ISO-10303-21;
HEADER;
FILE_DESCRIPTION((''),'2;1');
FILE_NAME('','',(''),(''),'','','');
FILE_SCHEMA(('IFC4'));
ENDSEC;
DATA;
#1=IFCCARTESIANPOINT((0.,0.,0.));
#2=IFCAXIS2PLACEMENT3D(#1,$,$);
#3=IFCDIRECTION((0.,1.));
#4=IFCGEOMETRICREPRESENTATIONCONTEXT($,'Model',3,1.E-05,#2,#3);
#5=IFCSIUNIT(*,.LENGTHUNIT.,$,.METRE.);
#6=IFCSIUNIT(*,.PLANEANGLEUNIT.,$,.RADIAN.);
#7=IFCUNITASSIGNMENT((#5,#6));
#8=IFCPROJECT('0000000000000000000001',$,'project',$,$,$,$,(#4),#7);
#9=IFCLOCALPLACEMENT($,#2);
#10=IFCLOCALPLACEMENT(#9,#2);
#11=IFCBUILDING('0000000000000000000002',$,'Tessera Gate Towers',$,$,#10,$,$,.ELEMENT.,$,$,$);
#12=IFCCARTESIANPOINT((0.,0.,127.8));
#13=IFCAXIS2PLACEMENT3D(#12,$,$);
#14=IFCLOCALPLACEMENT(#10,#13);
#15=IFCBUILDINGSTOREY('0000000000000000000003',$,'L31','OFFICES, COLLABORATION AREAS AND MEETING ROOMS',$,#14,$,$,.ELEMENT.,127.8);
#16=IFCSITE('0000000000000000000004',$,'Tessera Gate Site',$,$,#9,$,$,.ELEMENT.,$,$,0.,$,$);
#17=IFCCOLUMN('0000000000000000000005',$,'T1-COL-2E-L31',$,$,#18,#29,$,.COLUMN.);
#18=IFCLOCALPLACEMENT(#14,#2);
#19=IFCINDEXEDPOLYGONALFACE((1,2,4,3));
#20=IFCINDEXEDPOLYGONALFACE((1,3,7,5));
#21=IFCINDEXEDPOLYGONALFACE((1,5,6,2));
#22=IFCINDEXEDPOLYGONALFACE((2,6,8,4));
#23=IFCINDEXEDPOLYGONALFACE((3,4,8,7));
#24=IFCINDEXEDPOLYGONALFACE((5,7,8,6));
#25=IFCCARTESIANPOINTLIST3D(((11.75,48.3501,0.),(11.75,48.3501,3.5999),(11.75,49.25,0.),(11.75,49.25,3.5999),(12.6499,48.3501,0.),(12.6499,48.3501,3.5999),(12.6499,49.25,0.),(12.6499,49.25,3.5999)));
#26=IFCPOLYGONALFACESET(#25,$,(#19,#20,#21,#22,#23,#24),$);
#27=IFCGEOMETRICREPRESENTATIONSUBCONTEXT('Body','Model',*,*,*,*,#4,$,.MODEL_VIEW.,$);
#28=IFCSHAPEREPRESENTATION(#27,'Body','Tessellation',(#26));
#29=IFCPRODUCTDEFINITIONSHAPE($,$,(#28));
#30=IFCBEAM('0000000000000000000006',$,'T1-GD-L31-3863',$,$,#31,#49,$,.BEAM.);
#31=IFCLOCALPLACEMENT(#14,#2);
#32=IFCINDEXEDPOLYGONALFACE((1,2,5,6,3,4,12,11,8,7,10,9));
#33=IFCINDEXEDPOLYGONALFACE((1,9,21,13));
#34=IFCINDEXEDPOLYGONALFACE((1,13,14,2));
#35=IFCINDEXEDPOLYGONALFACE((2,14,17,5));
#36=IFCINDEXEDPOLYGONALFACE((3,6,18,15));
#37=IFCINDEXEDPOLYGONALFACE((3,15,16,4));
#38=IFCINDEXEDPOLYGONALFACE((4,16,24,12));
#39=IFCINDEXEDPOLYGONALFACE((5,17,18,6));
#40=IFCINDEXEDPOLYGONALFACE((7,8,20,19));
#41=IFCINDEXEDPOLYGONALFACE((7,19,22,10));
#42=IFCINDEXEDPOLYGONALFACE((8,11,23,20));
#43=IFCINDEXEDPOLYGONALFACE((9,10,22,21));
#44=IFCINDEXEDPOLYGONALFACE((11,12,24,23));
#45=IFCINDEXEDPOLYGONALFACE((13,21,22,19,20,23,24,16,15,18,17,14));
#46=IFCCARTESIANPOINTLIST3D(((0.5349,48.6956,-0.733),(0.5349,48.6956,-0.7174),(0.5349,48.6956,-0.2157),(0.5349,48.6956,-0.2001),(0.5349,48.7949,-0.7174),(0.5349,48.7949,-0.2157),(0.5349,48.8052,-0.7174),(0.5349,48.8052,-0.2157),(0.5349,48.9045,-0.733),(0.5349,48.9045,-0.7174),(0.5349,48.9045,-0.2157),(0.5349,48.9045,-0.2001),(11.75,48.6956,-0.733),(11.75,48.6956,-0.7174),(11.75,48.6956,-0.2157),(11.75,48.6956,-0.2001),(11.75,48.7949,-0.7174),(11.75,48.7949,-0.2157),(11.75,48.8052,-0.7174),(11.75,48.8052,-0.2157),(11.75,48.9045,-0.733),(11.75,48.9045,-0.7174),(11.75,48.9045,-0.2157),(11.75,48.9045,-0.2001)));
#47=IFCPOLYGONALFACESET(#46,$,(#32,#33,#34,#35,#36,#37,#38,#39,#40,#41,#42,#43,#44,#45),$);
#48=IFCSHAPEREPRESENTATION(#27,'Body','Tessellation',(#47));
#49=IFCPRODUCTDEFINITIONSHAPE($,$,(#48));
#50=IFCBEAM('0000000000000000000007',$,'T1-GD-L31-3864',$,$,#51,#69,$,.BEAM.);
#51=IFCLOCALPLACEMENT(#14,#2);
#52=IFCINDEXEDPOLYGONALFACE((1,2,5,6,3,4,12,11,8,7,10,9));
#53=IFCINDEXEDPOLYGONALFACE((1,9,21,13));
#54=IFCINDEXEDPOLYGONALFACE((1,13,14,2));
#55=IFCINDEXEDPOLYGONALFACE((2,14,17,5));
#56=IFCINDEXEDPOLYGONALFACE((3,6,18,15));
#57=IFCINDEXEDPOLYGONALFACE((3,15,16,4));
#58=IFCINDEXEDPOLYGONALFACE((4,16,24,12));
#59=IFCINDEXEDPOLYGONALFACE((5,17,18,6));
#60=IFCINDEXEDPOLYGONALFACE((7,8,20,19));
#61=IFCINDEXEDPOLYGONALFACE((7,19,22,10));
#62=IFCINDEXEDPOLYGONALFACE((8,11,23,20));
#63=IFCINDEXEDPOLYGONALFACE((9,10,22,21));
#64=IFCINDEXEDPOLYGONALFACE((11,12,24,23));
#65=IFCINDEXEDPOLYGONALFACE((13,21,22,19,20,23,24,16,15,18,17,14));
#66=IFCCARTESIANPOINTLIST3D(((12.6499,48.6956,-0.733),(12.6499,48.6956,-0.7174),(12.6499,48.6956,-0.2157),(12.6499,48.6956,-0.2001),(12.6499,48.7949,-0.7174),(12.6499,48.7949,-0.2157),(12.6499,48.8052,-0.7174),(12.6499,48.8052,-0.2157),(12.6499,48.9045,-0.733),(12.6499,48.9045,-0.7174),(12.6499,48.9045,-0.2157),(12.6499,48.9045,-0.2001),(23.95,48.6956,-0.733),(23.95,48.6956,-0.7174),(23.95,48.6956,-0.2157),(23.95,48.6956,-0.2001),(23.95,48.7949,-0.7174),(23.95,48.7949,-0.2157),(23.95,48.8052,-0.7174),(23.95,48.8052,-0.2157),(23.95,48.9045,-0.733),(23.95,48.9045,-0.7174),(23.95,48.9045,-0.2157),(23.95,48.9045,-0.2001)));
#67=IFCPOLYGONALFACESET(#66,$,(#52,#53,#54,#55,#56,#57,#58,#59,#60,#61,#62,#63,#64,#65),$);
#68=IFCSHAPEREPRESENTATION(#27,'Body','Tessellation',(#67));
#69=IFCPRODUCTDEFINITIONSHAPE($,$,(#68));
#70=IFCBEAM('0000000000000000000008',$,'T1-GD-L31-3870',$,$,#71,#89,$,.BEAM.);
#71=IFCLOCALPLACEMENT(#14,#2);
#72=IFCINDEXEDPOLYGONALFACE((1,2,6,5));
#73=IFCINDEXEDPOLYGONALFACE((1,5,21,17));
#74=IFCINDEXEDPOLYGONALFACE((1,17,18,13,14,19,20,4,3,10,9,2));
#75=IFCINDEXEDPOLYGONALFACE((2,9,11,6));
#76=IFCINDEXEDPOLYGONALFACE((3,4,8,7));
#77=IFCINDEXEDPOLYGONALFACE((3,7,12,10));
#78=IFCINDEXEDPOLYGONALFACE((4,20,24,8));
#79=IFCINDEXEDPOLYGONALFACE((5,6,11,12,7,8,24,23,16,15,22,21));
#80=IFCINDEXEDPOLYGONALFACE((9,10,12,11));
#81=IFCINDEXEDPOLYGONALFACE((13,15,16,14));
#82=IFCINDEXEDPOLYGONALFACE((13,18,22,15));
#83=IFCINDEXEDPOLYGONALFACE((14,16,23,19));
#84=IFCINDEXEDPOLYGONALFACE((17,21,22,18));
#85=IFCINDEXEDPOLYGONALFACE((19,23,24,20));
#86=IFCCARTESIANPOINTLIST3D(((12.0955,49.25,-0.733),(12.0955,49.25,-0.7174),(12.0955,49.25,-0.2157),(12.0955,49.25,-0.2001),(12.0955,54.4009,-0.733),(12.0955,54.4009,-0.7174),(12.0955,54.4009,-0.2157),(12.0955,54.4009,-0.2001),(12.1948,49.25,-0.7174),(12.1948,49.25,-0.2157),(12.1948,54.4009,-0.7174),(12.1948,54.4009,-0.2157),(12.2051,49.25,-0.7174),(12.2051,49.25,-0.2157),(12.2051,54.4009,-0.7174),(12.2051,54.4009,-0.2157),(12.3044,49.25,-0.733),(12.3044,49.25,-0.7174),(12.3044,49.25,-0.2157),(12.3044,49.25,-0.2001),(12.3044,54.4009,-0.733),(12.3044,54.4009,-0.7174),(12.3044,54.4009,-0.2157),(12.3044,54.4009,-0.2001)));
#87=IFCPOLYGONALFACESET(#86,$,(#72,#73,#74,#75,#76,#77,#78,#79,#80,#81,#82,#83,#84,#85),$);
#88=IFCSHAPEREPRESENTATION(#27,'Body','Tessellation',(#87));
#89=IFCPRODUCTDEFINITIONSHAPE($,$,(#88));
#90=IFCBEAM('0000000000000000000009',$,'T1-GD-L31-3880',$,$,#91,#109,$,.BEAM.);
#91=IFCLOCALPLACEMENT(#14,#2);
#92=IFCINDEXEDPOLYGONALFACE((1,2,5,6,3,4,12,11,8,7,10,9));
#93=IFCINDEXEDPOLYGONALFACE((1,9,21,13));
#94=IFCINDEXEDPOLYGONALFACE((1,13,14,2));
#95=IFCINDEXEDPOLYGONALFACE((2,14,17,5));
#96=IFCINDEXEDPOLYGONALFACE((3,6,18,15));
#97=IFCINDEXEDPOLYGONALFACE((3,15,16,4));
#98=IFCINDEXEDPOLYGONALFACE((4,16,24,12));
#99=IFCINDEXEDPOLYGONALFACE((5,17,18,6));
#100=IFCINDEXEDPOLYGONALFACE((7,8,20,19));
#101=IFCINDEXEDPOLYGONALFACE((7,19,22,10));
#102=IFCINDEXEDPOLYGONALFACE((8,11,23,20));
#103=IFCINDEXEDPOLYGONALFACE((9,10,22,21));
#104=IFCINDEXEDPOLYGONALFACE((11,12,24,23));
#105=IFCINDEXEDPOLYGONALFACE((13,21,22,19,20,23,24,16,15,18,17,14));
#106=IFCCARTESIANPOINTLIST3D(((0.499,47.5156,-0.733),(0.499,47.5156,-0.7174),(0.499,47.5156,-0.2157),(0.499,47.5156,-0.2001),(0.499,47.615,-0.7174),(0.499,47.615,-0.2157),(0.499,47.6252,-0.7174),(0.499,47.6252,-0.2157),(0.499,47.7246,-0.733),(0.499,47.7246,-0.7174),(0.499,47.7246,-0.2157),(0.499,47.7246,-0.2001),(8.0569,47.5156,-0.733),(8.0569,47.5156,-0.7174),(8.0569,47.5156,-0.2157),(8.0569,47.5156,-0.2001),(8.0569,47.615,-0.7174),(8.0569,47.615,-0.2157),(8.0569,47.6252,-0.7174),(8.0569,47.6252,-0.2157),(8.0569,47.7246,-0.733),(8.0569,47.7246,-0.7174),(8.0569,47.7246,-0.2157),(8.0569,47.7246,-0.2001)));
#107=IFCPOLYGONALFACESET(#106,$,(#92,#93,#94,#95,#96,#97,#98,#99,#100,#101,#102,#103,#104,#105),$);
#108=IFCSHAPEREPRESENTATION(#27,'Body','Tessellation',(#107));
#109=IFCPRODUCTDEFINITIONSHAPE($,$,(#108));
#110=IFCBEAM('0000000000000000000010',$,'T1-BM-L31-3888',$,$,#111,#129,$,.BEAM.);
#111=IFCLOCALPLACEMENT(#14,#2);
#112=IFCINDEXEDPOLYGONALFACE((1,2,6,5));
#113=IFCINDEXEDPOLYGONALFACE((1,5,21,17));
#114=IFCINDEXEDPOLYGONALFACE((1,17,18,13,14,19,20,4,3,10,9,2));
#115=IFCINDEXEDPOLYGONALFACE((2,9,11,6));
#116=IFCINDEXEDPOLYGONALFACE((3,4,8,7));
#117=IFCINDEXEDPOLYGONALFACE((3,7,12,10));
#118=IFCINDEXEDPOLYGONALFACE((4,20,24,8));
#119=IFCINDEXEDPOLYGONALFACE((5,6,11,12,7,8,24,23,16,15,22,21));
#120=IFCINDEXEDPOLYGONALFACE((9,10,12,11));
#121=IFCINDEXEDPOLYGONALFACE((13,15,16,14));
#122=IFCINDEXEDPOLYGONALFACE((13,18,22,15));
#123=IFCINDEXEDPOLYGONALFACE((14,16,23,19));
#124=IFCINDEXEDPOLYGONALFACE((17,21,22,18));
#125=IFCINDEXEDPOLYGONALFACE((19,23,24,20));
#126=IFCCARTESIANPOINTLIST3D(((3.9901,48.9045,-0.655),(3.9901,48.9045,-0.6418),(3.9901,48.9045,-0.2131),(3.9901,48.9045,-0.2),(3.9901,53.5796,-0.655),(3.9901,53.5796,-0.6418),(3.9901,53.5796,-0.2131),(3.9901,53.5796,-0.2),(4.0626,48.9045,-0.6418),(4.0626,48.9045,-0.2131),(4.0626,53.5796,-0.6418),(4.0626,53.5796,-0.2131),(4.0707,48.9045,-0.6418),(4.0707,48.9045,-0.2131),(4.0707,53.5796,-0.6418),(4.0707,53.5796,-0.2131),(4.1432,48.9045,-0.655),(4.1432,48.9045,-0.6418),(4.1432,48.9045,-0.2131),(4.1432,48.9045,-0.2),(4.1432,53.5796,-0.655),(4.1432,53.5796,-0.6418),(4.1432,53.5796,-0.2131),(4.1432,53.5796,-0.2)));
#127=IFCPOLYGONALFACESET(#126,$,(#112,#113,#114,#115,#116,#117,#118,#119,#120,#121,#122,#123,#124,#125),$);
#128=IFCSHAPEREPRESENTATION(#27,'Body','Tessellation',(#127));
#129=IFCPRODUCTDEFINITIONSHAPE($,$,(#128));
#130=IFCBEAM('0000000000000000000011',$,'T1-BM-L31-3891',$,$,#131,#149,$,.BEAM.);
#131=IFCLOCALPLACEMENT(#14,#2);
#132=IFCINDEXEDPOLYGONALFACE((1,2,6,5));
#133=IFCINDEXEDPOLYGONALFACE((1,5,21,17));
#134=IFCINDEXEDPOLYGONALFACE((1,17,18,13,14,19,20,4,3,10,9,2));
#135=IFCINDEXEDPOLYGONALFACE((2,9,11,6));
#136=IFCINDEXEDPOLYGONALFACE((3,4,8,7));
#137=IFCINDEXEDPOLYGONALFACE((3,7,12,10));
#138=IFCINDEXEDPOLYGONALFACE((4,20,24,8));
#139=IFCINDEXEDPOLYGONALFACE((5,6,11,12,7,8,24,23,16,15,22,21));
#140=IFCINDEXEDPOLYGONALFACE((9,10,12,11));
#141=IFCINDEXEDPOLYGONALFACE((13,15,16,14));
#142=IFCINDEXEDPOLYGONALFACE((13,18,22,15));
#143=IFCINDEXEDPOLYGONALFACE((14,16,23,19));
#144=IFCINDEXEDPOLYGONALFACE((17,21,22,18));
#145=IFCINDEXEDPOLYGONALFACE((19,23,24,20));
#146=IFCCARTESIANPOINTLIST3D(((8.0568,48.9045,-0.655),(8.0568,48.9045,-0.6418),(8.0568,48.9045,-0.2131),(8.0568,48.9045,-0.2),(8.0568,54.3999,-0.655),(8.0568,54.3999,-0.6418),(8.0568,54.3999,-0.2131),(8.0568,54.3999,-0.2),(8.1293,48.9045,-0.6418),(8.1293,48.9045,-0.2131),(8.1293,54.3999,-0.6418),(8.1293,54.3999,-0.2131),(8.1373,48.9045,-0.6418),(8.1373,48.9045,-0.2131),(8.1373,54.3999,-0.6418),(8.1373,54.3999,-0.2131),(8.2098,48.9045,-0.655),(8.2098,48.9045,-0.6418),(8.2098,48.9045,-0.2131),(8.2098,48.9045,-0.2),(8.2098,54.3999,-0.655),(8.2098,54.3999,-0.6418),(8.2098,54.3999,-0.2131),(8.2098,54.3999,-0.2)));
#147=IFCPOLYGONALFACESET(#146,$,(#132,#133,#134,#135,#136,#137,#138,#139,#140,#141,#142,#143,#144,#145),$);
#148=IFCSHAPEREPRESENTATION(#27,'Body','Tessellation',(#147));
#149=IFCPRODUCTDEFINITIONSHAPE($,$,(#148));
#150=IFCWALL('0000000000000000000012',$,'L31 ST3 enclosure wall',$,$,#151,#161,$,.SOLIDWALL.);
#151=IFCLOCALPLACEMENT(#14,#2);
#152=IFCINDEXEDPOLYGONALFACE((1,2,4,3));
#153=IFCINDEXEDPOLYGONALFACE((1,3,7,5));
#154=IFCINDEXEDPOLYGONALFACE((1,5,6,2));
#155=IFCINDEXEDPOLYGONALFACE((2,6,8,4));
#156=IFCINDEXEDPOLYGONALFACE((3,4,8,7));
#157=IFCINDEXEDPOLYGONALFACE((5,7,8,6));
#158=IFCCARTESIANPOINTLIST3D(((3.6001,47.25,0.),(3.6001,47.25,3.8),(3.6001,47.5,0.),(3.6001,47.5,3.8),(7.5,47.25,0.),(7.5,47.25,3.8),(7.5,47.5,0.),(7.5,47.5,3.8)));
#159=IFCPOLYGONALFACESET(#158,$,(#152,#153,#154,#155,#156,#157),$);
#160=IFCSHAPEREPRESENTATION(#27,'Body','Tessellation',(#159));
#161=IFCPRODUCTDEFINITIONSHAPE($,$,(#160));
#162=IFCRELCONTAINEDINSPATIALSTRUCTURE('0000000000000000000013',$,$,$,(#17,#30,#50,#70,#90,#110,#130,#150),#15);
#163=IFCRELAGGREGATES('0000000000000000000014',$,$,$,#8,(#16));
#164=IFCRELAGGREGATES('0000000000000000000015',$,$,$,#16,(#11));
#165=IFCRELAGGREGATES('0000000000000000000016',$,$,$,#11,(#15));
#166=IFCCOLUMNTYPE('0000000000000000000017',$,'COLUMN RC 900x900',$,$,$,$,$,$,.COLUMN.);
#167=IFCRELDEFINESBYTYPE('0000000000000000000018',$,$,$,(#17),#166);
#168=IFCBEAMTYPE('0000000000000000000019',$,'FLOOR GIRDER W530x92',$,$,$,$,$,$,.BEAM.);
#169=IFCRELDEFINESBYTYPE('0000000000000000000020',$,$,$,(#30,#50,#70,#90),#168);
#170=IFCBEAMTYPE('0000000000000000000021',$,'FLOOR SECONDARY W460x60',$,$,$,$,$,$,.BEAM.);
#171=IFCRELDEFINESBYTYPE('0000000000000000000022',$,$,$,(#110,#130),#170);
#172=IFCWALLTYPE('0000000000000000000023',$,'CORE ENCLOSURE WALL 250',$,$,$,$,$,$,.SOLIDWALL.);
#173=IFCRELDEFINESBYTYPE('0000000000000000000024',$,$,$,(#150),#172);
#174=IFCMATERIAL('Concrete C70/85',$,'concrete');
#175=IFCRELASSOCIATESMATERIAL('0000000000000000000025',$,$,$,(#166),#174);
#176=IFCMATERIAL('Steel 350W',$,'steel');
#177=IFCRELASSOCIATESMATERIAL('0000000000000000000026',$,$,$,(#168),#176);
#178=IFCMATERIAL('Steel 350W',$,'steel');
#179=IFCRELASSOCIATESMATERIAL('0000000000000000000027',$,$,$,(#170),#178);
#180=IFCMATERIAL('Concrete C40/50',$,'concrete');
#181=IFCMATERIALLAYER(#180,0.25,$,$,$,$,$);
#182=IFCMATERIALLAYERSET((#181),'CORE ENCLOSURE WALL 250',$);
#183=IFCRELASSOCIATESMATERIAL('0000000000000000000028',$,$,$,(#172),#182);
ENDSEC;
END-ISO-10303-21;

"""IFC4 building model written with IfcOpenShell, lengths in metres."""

from ifc_helpers import new_model, si_unit, direction, frame, frame_2d, origin, origin_2d, place, context, subcontext, project, spatial, rectangle, i_section, extrude, material, layer, layer_set, material_profile, profile_set, type_object, element, save


model = new_model("IFC4")

# Units and contexts
model_context = context("Model", 3, precision=1e-05, world=origin(), true_north=direction((0.0, 1.0)))
body_context = subcontext(model_context, "Body", "Model", "MODEL_VIEW")
ifc_project = project(units=[si_unit("LENGTHUNIT", "METRE"), si_unit("PLANEANGLEUNIT", "RADIAN")], contexts=[model_context])

# Site, building, storey
site_placement = place(None, origin())
site = spatial("IfcSite", under=ifc_project, at=site_placement, Name="Tessera Gate Site", CompositionType="ELEMENT", RefElevation=0.0)
building_placement = place(site_placement, origin())
building = spatial("IfcBuilding", under=site, at=building_placement, Name="Tessera Gate Towers", CompositionType="ELEMENT")
storey_placement = place(building_placement, frame((0.0, 0.0, 127.8)))
storey = spatial("IfcBuildingStorey", under=building, at=storey_placement, Name="L31", Description="OFFICES, COLLABORATION AREAS AND MEETING ROOMS", CompositionType="ELEMENT", Elevation=127.8)

# Column
ifc_material_1 = material(Name="Concrete C70/85", Category="concrete")
ifc_material_profile_1 = material_profile(ifc_material_1, rectangle(XDim=0.8999, YDim=0.8999, at=origin_2d()), Name="RC 900x900")
ifc_profile_set_1 = profile_set([ifc_material_profile_1], Name="Concrete C70/85")
column_type = type_object("IfcColumnType", Name="COLUMN RC 900x900", PredefinedType="COLUMN", material=ifc_profile_set_1)
column_placement = place(storey_placement, frame((12.2, 48.8, 0.0), z_axis=(0.0, 0.0, 1.0), x_axis=(1.0, 0.0, 0.0)))
element("IfcColumn", 1, at=column_placement, inside=storey, type_object=column_type, Name="T1-COL-2E-L31", PredefinedType="COLUMN", context=body_context, shape_type="SweptSolid", body=[
    extrude(rectangle(XDim=0.8999, YDim=0.8999, at=origin_2d()), origin(), (0.0, 0.0, 1.0), 3.5999),
])

# Beams
ifc_material_2 = material(Name="Steel 350W", Category="steel")
ifc_material_profile_2 = material_profile(ifc_material_2, i_section(OverallWidth=0.209, OverallDepth=0.533, WebThickness=0.0103, FlangeThickness=0.0156, at=origin_2d()), Name="W530x92")
ifc_profile_set_2 = profile_set([ifc_material_profile_2], Name="Steel 350W")
beam_type_1 = type_object("IfcBeamType", Name="FLOOR GIRDER W530x92", PredefinedType="BEAM", material=ifc_profile_set_2)
beam_1_placement = place(storey_placement, frame((0.5349, 48.8, -0.4666), z_axis=(1.0, 0.0, 0.0), x_axis=(0.0, 1.0, 0.0)))
element("IfcBeam", 2, at=beam_1_placement, inside=storey, type_object=beam_type_1, Name="T1-GD-L31-3863", PredefinedType="BEAM", context=body_context, shape_type="SweptSolid", body=[
    extrude(i_section(OverallWidth=0.209, OverallDepth=0.533, WebThickness=0.0103, FlangeThickness=0.0156, at=origin_2d()), origin(), (0.0, 0.0, 1.0), 11.2151),
])
beam_2_placement = place(storey_placement, frame((12.6499, 48.8, -0.4666), z_axis=(1.0, 0.0, 0.0), x_axis=(0.0, 1.0, 0.0)))
element("IfcBeam", 3, at=beam_2_placement, inside=storey, type_object=beam_type_1, Name="T1-GD-L31-3864", PredefinedType="BEAM", context=body_context, shape_type="SweptSolid", body=[
    extrude(i_section(OverallWidth=0.209, OverallDepth=0.533, WebThickness=0.0103, FlangeThickness=0.0156, at=origin_2d()), origin(), (0.0, 0.0, 1.0), 11.3),
])
beam_3_placement = place(storey_placement, frame((12.2, 49.25, -0.4666), z_axis=(0.0, 1.0, 0.0), x_axis=(-1.0, 0.0, 0.0)))
element("IfcBeam", 4, at=beam_3_placement, inside=storey, type_object=beam_type_1, Name="T1-GD-L31-3870", PredefinedType="BEAM", context=body_context, shape_type="SweptSolid", body=[
    extrude(i_section(OverallWidth=0.209, OverallDepth=0.533, WebThickness=0.0103, FlangeThickness=0.0156, at=origin_2d()), origin(), (0.0, 0.0, 1.0), 5.1509),
])
beam_4_placement = place(storey_placement, frame((0.499, 47.6201, -0.4666), z_axis=(1.0, 0.0, 0.0), x_axis=(0.0, 1.0, 0.0)))
element("IfcBeam", 5, at=beam_4_placement, inside=storey, type_object=beam_type_1, Name="T1-GD-L31-3880", PredefinedType="BEAM", context=body_context, shape_type="SweptSolid", body=[
    extrude(i_section(OverallWidth=0.209, OverallDepth=0.533, WebThickness=0.0103, FlangeThickness=0.0156, at=origin_2d()), origin(), (0.0, 0.0, 1.0), 7.5579),
])
ifc_material_3 = material(Name="Steel 350W", Category="steel")
ifc_material_profile_3 = material_profile(ifc_material_3, i_section(OverallWidth=0.1531, OverallDepth=0.4551, WebThickness=0.0081, FlangeThickness=0.0132, at=origin_2d()), Name="W460x60")
ifc_profile_set_3 = profile_set([ifc_material_profile_3], Name="Steel 350W")
beam_type_2 = type_object("IfcBeamType", Name="FLOOR SECONDARY W460x60", PredefinedType="BEAM", material=ifc_profile_set_3)
beam_5_placement = place(storey_placement, frame((4.0667, 48.9045, -0.4275), z_axis=(0.0, 1.0, 0.0), x_axis=(-1.0, 0.0, 0.0)))
element("IfcBeam", 6, at=beam_5_placement, inside=storey, type_object=beam_type_2, Name="T1-BM-L31-3888", PredefinedType="BEAM", context=body_context, shape_type="SweptSolid", body=[
    extrude(i_section(OverallWidth=0.1531, OverallDepth=0.4551, WebThickness=0.0081, FlangeThickness=0.0132, at=origin_2d()), origin(), (0.0, 0.0, 1.0), 4.675),
])
beam_6_placement = place(storey_placement, frame((8.1333, 48.9045, -0.4275), z_axis=(0.0, 1.0, 0.0), x_axis=(-1.0, 0.0, 0.0)))
element("IfcBeam", 7, at=beam_6_placement, inside=storey, type_object=beam_type_2, Name="T1-BM-L31-3891", PredefinedType="BEAM", context=body_context, shape_type="SweptSolid", body=[
    extrude(i_section(OverallWidth=0.1531, OverallDepth=0.4551, WebThickness=0.0081, FlangeThickness=0.0132, at=origin_2d()), origin(), (0.0, 0.0, 1.0), 5.4954),
])

# Wall
ifc_material_4 = material(Name="Concrete C40/50", Category="concrete")
ifc_layer_1 = layer(ifc_material_4, 0.25)
ifc_layer_set_1 = layer_set([ifc_layer_1], Name="CORE ENCLOSURE WALL 250")
wall_type_1 = type_object("IfcWallType", Name="CORE ENCLOSURE WALL 250", PredefinedType="SOLIDWALL", material=ifc_layer_set_1)
wall_1_placement = place(storey_placement, frame((3.6001, 47.375, 0.0), z_axis=(0.0, 0.0, 1.0), x_axis=(1.0, 0.0, 0.0)))
element("IfcWall", 8, at=wall_1_placement, inside=storey, type_object=wall_type_1, Name="L31 ST3 enclosure wall", PredefinedType="SOLIDWALL", context=body_context, shape_type="SweptSolid", body=[
    extrude(rectangle(XDim=3.8999, YDim=0.25, at=frame_2d((1.95, 0.0))), origin(), (0.0, 0.0, 1.0), 3.8),
])

save(model, "model.ifc")
